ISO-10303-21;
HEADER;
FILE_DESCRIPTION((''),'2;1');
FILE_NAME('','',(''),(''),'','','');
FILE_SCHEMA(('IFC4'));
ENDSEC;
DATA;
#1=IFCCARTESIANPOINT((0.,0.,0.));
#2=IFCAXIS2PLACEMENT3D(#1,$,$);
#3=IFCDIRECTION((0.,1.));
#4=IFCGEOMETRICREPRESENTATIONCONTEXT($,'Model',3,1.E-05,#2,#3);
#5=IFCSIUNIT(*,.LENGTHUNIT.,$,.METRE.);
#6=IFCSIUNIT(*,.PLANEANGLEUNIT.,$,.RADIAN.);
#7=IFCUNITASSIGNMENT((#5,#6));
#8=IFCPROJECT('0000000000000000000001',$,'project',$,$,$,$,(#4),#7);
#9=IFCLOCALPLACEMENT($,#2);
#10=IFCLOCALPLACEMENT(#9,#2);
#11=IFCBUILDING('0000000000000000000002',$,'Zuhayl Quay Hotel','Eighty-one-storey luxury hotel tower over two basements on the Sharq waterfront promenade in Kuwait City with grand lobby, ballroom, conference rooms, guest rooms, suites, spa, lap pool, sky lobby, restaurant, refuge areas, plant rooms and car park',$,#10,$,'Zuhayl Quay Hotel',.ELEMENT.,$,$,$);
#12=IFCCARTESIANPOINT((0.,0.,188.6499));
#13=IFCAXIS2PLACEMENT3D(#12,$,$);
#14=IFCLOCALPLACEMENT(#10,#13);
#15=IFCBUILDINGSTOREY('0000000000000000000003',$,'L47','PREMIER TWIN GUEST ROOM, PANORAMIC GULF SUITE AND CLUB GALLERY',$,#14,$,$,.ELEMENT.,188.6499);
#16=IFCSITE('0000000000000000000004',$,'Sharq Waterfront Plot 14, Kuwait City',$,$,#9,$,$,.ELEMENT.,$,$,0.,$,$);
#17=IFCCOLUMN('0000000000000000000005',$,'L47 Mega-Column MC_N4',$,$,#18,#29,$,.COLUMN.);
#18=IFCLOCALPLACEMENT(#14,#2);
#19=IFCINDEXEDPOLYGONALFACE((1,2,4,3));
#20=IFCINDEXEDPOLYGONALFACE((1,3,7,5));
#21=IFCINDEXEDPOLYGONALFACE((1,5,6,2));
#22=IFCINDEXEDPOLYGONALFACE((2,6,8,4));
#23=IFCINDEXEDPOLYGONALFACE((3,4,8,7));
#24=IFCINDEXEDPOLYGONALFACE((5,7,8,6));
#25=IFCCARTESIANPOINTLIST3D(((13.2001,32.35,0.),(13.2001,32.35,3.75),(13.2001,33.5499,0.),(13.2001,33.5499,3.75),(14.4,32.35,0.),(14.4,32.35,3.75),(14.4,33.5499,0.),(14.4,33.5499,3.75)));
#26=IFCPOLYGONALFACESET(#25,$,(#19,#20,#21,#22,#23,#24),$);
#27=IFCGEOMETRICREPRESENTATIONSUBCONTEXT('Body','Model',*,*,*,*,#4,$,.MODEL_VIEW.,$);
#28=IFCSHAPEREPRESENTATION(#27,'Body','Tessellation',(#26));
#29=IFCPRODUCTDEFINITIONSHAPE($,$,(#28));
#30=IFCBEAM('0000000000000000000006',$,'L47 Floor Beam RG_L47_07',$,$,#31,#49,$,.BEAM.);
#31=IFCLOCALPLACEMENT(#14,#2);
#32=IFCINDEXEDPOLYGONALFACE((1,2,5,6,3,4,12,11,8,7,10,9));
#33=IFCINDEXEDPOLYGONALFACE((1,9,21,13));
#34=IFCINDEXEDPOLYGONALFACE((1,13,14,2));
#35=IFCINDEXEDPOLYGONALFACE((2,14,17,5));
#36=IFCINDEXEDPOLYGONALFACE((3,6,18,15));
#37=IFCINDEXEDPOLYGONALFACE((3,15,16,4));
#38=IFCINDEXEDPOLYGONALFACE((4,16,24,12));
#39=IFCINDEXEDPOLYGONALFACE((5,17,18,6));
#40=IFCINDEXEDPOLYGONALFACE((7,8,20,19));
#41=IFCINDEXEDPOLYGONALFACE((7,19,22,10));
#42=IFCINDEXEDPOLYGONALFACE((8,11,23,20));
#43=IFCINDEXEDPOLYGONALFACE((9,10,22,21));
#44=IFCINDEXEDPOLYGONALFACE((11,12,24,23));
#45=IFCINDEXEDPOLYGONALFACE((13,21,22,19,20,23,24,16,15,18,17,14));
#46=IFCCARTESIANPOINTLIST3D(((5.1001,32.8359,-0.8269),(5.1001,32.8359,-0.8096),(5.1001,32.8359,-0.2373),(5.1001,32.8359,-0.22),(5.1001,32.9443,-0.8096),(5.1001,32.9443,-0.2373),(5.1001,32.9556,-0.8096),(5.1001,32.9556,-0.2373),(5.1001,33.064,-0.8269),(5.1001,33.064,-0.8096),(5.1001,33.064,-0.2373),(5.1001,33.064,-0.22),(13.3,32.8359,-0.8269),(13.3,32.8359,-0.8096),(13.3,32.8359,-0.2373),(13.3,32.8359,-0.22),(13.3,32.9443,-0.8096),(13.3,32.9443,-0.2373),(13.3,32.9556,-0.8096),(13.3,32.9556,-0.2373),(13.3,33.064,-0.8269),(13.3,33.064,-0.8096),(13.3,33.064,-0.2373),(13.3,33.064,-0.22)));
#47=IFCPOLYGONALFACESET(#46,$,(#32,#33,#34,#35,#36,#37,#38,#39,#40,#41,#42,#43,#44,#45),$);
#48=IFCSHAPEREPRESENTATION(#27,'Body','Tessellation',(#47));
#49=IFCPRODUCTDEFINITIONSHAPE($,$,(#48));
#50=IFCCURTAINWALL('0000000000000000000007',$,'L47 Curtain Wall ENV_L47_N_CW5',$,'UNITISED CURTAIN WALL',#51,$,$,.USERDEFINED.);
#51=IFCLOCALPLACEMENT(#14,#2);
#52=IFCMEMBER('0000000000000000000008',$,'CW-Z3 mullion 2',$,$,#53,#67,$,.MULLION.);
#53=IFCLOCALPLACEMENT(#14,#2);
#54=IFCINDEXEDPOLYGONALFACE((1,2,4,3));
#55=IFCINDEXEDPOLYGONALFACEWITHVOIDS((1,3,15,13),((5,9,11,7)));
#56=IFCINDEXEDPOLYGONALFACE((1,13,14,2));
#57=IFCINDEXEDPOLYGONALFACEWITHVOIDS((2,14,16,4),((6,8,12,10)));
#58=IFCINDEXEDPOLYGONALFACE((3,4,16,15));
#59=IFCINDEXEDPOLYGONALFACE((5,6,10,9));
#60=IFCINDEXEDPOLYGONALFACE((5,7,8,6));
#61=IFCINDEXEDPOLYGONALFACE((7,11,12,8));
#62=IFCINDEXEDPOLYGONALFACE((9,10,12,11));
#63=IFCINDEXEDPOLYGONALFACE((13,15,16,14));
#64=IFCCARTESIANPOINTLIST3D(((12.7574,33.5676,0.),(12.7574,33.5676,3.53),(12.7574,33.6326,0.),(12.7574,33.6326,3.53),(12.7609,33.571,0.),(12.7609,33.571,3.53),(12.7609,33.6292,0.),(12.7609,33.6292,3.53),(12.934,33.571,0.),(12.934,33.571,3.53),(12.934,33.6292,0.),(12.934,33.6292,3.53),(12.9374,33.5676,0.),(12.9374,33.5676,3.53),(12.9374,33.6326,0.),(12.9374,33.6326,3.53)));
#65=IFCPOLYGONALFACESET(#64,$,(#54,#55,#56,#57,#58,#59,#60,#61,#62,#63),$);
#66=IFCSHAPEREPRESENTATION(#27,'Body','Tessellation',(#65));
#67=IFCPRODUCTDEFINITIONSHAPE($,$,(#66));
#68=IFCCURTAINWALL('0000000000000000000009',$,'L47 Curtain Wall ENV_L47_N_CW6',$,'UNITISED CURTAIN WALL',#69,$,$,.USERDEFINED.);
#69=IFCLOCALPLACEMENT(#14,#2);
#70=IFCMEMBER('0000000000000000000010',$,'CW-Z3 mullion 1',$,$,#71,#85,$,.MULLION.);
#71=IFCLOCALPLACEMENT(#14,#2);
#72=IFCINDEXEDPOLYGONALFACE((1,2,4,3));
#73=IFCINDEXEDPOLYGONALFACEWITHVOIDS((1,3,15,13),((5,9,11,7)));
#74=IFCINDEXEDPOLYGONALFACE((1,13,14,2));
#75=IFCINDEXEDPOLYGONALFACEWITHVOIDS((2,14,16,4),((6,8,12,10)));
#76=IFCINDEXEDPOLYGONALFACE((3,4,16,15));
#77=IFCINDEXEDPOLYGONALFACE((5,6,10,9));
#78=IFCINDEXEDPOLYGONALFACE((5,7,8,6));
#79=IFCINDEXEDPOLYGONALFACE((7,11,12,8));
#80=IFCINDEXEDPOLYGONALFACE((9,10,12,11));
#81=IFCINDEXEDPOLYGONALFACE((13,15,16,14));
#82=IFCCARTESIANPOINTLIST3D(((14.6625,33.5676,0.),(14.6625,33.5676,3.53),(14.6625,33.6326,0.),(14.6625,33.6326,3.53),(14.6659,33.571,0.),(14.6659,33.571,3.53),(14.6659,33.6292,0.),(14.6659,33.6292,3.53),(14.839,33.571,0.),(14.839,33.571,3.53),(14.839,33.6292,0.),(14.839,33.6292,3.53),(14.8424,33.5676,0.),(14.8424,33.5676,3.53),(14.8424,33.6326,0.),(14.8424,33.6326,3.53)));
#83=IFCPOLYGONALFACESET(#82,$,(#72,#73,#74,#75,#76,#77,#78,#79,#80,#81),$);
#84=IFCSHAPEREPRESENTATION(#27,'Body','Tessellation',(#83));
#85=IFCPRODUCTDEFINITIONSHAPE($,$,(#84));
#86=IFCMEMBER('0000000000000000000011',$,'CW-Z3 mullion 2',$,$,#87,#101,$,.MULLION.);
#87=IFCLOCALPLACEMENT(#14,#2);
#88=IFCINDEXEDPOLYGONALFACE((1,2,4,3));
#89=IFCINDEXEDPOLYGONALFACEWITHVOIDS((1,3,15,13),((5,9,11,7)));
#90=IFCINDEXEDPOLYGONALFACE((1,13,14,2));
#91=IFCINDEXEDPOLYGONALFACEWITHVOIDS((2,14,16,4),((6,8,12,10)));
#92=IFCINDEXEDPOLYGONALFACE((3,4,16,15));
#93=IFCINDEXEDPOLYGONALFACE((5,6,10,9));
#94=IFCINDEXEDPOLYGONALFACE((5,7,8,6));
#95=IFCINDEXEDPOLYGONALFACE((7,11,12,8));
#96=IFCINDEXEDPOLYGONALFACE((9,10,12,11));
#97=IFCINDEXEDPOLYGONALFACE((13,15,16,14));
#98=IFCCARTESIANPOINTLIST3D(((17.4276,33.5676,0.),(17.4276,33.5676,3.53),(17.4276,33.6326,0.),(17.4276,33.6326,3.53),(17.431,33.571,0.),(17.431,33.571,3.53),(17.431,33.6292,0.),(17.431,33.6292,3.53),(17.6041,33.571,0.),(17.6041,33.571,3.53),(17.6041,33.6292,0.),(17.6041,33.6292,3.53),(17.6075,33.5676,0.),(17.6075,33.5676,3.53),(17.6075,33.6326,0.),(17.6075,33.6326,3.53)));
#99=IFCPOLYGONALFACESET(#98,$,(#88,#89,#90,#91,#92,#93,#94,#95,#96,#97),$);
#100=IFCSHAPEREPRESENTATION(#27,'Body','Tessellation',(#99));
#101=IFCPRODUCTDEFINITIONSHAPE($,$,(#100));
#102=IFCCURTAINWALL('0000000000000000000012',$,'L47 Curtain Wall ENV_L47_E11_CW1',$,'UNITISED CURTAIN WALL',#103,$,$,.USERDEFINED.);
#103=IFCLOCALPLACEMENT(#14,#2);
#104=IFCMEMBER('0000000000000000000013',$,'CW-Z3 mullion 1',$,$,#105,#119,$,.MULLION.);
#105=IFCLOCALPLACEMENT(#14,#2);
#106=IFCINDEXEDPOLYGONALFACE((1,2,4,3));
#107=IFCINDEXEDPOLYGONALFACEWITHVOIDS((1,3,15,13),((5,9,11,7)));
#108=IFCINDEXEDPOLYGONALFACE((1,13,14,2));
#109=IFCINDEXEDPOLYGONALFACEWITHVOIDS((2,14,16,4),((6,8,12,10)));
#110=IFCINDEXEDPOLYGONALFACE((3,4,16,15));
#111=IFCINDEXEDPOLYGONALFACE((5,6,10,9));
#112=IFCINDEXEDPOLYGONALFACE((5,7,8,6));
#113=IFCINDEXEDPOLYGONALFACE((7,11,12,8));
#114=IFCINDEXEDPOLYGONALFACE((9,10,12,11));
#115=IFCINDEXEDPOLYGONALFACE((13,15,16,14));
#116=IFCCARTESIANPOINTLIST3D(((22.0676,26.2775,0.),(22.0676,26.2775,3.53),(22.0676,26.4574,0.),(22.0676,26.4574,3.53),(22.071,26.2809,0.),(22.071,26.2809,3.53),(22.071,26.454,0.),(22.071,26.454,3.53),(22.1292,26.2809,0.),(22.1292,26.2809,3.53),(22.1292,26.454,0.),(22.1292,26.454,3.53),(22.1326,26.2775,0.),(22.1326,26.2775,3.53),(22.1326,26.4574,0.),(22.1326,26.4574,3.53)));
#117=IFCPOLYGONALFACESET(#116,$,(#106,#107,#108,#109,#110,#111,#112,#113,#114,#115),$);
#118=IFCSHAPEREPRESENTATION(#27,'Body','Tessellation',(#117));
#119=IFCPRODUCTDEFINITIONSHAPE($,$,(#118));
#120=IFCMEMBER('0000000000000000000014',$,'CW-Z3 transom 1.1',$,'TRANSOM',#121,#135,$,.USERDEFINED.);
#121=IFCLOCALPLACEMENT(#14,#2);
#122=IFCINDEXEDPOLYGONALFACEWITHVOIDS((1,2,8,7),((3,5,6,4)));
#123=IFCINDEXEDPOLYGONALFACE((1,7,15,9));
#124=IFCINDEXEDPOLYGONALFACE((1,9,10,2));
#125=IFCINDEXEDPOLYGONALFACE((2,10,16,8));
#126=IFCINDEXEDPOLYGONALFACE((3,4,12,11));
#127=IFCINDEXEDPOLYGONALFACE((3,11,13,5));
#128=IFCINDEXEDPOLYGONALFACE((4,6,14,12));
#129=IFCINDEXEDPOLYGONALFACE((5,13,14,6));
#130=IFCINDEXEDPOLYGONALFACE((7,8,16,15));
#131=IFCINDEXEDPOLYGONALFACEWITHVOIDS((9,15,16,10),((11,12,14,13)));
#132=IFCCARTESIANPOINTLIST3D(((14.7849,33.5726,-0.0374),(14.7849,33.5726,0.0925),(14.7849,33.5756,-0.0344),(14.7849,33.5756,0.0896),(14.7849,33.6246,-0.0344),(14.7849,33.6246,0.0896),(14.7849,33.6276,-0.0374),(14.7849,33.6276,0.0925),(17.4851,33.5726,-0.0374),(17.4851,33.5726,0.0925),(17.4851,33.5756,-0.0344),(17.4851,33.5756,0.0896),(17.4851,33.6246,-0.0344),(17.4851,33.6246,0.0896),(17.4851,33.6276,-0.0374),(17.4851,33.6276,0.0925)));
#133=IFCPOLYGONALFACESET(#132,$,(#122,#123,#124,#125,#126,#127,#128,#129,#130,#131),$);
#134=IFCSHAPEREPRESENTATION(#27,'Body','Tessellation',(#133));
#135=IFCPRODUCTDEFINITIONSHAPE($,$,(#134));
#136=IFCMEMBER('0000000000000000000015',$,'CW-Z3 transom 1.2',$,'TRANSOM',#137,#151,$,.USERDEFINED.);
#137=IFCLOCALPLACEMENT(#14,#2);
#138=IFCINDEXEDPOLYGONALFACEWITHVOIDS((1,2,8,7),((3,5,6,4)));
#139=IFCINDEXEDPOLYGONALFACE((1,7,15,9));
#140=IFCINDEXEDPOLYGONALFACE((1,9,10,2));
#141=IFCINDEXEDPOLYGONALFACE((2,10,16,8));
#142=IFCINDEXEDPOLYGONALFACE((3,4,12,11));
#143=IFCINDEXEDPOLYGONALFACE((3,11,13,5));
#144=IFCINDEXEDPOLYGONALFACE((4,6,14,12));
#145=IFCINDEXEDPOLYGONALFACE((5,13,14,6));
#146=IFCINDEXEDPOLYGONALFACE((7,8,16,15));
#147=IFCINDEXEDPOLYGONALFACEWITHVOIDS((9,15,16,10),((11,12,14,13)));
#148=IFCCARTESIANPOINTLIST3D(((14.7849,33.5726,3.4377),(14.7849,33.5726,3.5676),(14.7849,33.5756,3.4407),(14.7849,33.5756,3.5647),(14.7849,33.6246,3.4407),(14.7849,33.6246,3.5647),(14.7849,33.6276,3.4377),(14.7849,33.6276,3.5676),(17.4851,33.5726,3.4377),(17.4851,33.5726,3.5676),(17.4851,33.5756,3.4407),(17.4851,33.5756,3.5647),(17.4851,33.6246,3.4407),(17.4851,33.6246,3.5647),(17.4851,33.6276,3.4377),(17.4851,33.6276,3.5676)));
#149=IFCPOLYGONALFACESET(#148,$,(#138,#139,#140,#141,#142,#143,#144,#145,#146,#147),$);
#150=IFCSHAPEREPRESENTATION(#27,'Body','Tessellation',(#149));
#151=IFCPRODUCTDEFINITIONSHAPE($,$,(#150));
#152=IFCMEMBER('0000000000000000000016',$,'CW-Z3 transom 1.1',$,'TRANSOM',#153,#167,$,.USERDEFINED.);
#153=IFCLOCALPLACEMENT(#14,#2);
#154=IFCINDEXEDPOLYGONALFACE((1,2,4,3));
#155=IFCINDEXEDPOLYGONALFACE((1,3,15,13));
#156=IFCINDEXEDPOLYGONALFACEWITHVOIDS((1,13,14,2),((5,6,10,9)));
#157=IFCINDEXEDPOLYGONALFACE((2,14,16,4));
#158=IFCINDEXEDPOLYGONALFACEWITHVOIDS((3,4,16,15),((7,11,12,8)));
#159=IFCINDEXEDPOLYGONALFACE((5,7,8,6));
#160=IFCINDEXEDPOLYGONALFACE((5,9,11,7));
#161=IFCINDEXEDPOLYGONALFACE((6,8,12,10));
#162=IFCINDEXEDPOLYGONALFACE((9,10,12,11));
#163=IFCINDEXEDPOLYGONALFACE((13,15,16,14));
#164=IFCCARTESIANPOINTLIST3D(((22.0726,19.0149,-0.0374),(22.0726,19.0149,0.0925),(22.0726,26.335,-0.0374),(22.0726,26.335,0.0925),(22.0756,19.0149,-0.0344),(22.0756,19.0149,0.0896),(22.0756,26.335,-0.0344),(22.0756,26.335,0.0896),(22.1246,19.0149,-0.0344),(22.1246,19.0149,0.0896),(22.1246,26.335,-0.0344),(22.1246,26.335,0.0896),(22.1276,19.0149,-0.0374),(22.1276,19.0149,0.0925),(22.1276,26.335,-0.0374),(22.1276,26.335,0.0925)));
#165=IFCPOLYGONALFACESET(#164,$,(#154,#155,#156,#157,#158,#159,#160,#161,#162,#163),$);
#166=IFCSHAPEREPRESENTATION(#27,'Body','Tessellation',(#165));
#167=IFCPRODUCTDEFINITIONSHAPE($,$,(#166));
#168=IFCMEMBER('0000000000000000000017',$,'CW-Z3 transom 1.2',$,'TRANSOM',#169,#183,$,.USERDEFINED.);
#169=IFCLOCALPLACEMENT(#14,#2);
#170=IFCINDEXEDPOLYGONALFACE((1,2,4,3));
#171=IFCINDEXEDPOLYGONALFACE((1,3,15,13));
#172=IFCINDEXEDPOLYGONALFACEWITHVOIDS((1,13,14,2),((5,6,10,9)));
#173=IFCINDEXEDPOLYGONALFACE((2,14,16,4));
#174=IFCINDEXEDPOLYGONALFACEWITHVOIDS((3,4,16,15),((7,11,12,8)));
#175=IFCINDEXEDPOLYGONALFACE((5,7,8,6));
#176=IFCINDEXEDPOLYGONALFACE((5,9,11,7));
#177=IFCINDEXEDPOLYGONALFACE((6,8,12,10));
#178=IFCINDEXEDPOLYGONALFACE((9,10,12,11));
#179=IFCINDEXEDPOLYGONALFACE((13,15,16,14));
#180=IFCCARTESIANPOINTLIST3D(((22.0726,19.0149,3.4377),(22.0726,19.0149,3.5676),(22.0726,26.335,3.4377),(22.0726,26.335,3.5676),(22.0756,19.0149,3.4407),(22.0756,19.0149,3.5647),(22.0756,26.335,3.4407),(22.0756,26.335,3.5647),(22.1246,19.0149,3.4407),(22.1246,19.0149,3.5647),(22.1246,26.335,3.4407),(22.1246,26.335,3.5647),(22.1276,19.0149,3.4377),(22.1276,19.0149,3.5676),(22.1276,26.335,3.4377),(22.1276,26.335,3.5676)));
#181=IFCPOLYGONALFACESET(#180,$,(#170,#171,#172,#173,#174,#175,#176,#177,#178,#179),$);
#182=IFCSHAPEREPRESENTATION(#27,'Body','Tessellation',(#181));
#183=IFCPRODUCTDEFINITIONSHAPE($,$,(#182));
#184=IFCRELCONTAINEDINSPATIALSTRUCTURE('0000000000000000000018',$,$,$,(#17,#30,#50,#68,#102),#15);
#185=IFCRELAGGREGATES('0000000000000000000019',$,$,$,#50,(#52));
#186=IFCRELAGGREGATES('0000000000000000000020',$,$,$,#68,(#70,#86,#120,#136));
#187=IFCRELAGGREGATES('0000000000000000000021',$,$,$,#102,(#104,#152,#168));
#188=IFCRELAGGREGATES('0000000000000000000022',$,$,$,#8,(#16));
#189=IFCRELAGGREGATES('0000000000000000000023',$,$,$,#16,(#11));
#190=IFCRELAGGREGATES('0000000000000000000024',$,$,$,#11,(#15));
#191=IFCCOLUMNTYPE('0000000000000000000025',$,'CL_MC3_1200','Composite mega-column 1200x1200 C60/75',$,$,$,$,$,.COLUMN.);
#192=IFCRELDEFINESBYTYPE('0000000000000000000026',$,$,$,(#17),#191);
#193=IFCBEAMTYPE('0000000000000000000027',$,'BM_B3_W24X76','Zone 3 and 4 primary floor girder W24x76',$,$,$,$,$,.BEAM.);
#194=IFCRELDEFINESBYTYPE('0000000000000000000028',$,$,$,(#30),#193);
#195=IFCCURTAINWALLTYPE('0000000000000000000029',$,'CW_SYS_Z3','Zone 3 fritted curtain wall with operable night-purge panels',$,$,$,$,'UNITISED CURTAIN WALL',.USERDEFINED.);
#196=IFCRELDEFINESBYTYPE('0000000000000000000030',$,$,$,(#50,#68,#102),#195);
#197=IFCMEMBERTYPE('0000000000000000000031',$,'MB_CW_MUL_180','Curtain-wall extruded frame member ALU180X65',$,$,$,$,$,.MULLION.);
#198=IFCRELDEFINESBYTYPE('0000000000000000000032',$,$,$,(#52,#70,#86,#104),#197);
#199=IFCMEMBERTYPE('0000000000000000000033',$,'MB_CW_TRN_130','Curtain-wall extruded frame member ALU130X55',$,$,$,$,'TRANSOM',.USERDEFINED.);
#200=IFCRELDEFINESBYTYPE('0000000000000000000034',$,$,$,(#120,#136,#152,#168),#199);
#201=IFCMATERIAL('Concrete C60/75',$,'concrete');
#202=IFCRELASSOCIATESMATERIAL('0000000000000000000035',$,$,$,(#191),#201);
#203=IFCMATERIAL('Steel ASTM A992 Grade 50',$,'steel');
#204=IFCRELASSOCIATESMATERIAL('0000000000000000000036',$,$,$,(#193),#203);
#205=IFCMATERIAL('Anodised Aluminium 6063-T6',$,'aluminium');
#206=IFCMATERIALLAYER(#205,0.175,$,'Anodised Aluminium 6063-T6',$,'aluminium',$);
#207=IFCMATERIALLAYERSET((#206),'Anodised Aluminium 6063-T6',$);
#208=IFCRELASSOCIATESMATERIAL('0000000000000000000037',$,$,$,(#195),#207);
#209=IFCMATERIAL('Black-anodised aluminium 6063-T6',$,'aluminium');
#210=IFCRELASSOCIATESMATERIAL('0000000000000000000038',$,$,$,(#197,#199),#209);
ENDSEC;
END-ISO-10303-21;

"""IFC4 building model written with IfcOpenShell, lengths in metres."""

from ifc_helpers import new_model, si_unit, direction, frame, origin, origin_2d, place, context, subcontext, project, spatial, rectangle, hollow_rectangle, i_section, extrude, material, layer, layer_set, material_profile, profile_set, type_object, element, aggregate, save


model = new_model("IFC4")

# Units and contexts
model_context = context("Model", 3, precision=1e-05, world=origin(), true_north=direction((0.0, 1.0)))
body_context = subcontext(model_context, "Body", "Model", "MODEL_VIEW")
ifc_project = project(units=[si_unit("LENGTHUNIT", "METRE"), si_unit("PLANEANGLEUNIT", "RADIAN")], contexts=[model_context])

# Site, building, storey
site_placement = place(None, origin())
site = spatial("IfcSite", under=ifc_project, at=site_placement, Name="Sharq Waterfront Plot 14, Kuwait City", CompositionType="ELEMENT", RefElevation=0.0)
building_placement = place(site_placement, origin())
building = spatial("IfcBuilding", under=site, at=building_placement, Name="Zuhayl Quay Hotel", Description="Eighty-one-storey luxury hotel tower over two basements on the Sharq waterfront promenade in Kuwait City with grand lobby, ballroom, conference rooms, guest rooms, suites, spa, lap pool, sky lobby, restaurant, refuge areas, plant rooms and car park", LongName="Zuhayl Quay Hotel", CompositionType="ELEMENT")
storey_placement = place(building_placement, frame((0.0, 0.0, 188.6499)))
storey = spatial("IfcBuildingStorey", under=building, at=storey_placement, Name="L47", Description="PREMIER TWIN GUEST ROOM, PANORAMIC GULF SUITE AND CLUB GALLERY", CompositionType="ELEMENT", Elevation=188.6499)

# Column
ifc_material_1 = material(Name="Concrete C60/75", Category="concrete")
ifc_material_profile_1 = material_profile(ifc_material_1, rectangle(XDim=1.2, YDim=1.2, at=origin_2d()), Name="RC1200X1200")
ifc_profile_set_1 = profile_set([ifc_material_profile_1], Name="Concrete C60/75")
column_type = type_object("IfcColumnType", Name="CL_MC3_1200", Description="Composite mega-column 1200x1200 C60/75", PredefinedType="COLUMN", material=ifc_profile_set_1)
column_placement = place(storey_placement, frame((13.8, 32.95, 0.0), z_axis=(0.0, 0.0, 1.0), x_axis=(1.0, 0.0, 0.0)))
element("IfcColumn", 1, at=column_placement, inside=storey, type_object=column_type, Name="L47 Mega-Column MC_N4", PredefinedType="COLUMN", context=body_context, shape_type="SweptSolid", body=[
    extrude(rectangle(XDim=1.2, YDim=1.2, at=origin_2d()), origin(), (0.0, 0.0, 1.0), 3.75),
])

# Beam
ifc_material_2 = material(Name="Steel ASTM A992 Grade 50", Category="steel")
ifc_material_profile_2 = material_profile(ifc_material_2, i_section(OverallWidth=0.228, OverallDepth=0.6069, WebThickness=0.0112, FlangeThickness=0.0173, at=origin_2d()), Name="W24X76")
ifc_profile_set_2 = profile_set([ifc_material_profile_2], Name="Steel ASTM A992 Grade 50")
beam_type = type_object("IfcBeamType", Name="BM_B3_W24X76", Description="Zone 3 and 4 primary floor girder W24x76", PredefinedType="BEAM", material=ifc_profile_set_2)
beam_placement = place(storey_placement, frame((13.3, 32.95, -0.5234), z_axis=(-1.0, 0.0, 0.0), x_axis=(0.0, -1.0, 0.0)))
element("IfcBeam", 2, at=beam_placement, inside=storey, type_object=beam_type, Name="L47 Floor Beam RG_L47_07", PredefinedType="BEAM", context=body_context, shape_type="SweptSolid", body=[
    extrude(i_section(OverallWidth=0.228, OverallDepth=0.6069, WebThickness=0.0112, FlangeThickness=0.0173, at=origin_2d()), origin(), (0.0, 0.0, 1.0), 8.2),
])

# Curtain wall, member
ifc_material_3 = material(Name="Anodised Aluminium 6063-T6", Category="aluminium")
ifc_layer_1 = layer(ifc_material_3, 0.175, Name="Anodised Aluminium 6063-T6", Category="aluminium")
ifc_layer_set_1 = layer_set([ifc_layer_1], Name="Anodised Aluminium 6063-T6")
curtain_wall_type = type_object("IfcCurtainWallType", Name="CW_SYS_Z3", Description="Zone 3 fritted curtain wall with operable night-purge panels", ElementType="UNITISED CURTAIN WALL", PredefinedType="USERDEFINED", material=ifc_layer_set_1)
curtain_wall_1_placement = place(storey_placement, origin())
curtain_wall_1 = element("IfcCurtainWall", 3, at=curtain_wall_1_placement, inside=storey, type_object=curtain_wall_type, Name="L47 Curtain Wall ENV_L47_N_CW5", ObjectType="UNITISED CURTAIN WALL", PredefinedType="USERDEFINED")
ifc_material_4 = material(Name="Black-anodised aluminium 6063-T6", Category="aluminium")
ifc_material_profile_3 = material_profile(ifc_material_4, hollow_rectangle(XDim=0.0649, YDim=0.1799, WallThickness=0.0034, at=origin_2d()), Name="ALU180X65")
ifc_profile_set_3 = profile_set([ifc_material_profile_3], Name="Black-anodised aluminium 6063-T6")
member_type_1 = type_object("IfcMemberType", Name="MB_CW_MUL_180", Description="Curtain-wall extruded frame member ALU180X65", PredefinedType="MULLION", material=ifc_profile_set_3)
member_1_placement = place(storey_placement, frame((12.8474, 33.6001, 0.0), z_axis=(0.0, 0.0, 1.0), x_axis=(0.0, 1.0, 0.0)))
member_1 = element("IfcMember", 4, at=member_1_placement, type_object=member_type_1, Name="CW-Z3 mullion 2", PredefinedType="MULLION", context=body_context, shape_type="SweptSolid", body=[
    extrude(hollow_rectangle(XDim=0.0649, YDim=0.1799, WallThickness=0.0034, at=origin_2d()), origin(), (0.0, 0.0, 1.0), 3.53),
])

# Curtain wall, members
curtain_wall_2_placement = place(storey_placement, origin())
curtain_wall_2 = element("IfcCurtainWall", 5, at=curtain_wall_2_placement, inside=storey, type_object=curtain_wall_type, Name="L47 Curtain Wall ENV_L47_N_CW6", ObjectType="UNITISED CURTAIN WALL", PredefinedType="USERDEFINED")
member_2_placement = place(storey_placement, frame((14.7524, 33.6001, 0.0), z_axis=(0.0, 0.0, 1.0), x_axis=(0.0, 1.0, 0.0)))
member_2 = element("IfcMember", 6, at=member_2_placement, type_object=member_type_1, Name="CW-Z3 mullion 1", PredefinedType="MULLION", context=body_context, shape_type="SweptSolid", body=[
    extrude(hollow_rectangle(XDim=0.0649, YDim=0.1799, WallThickness=0.0034, at=origin_2d()), origin(), (0.0, 0.0, 1.0), 3.53),
])
member_3_placement = place(storey_placement, frame((17.5176, 33.6001, 0.0), z_axis=(0.0, 0.0, 1.0), x_axis=(0.0, 1.0, 0.0)))
member_3 = element("IfcMember", 7, at=member_3_placement, type_object=member_type_1, Name="CW-Z3 mullion 2", PredefinedType="MULLION", context=body_context, shape_type="SweptSolid", body=[
    extrude(hollow_rectangle(XDim=0.0649, YDim=0.1799, WallThickness=0.0034, at=origin_2d()), origin(), (0.0, 0.0, 1.0), 3.53),
])

# Curtain wall, member
curtain_wall_3_placement = place(storey_placement, origin())
curtain_wall_3 = element("IfcCurtainWall", 8, at=curtain_wall_3_placement, inside=storey, type_object=curtain_wall_type, Name="L47 Curtain Wall ENV_L47_E11_CW1", ObjectType="UNITISED CURTAIN WALL", PredefinedType="USERDEFINED")
member_4_placement = place(storey_placement, frame((22.1001, 26.3674, 0.0), z_axis=(0.0, 0.0, 1.0), x_axis=(1.0, 0.0, 0.0)))
member_4 = element("IfcMember", 9, at=member_4_placement, type_object=member_type_1, Name="CW-Z3 mullion 1", PredefinedType="MULLION", context=body_context, shape_type="SweptSolid", body=[
    extrude(hollow_rectangle(XDim=0.0649, YDim=0.1799, WallThickness=0.0034, at=origin_2d()), origin(), (0.0, 0.0, 1.0), 3.53),
])

# Members
ifc_material_profile_4 = material_profile(ifc_material_4, hollow_rectangle(XDim=0.0549, YDim=0.1299, WallThickness=0.0029, at=origin_2d()), Name="ALU130X55")
ifc_profile_set_4 = profile_set([ifc_material_profile_4], Name="Black-anodised aluminium 6063-T6")
member_type_2 = type_object("IfcMemberType", Name="MB_CW_TRN_130", Description="Curtain-wall extruded frame member ALU130X55", ElementType="TRANSOM", PredefinedType="USERDEFINED", material=ifc_profile_set_4)
member_5_placement = place(storey_placement, frame((14.7849, 33.6001, 0.0276), z_axis=(1.0, 0.0, 0.0), x_axis=(0.0, 1.0, 0.0)))
member_5 = element("IfcMember", 10, at=member_5_placement, type_object=member_type_2, Name="CW-Z3 transom 1.1", ObjectType="TRANSOM", PredefinedType="USERDEFINED", context=body_context, shape_type="SweptSolid", body=[
    extrude(hollow_rectangle(XDim=0.0549, YDim=0.1299, WallThickness=0.0029, at=origin_2d()), origin(), (0.0, 0.0, 1.0), 2.7002),
])
member_6_placement = place(storey_placement, frame((14.7849, 33.6001, 3.5027), z_axis=(1.0, 0.0, 0.0), x_axis=(0.0, 1.0, 0.0)))
member_6 = element("IfcMember", 11, at=member_6_placement, type_object=member_type_2, Name="CW-Z3 transom 1.2", ObjectType="TRANSOM", PredefinedType="USERDEFINED", context=body_context, shape_type="SweptSolid", body=[
    extrude(hollow_rectangle(XDim=0.0549, YDim=0.1299, WallThickness=0.0029, at=origin_2d()), origin(), (0.0, 0.0, 1.0), 2.7002),
])
member_7_placement = place(storey_placement, frame((22.1001, 26.335, 0.0276), z_axis=(0.0, -1.0, 0.0), x_axis=(1.0, 0.0, 0.0)))
member_7 = element("IfcMember", 12, at=member_7_placement, type_object=member_type_2, Name="CW-Z3 transom 1.1", ObjectType="TRANSOM", PredefinedType="USERDEFINED", context=body_context, shape_type="SweptSolid", body=[
    extrude(hollow_rectangle(XDim=0.0549, YDim=0.1299, WallThickness=0.0029, at=origin_2d()), origin(), (0.0, 0.0, 1.0), 7.3201),
])
member_8_placement = place(storey_placement, frame((22.1001, 26.335, 3.5027), z_axis=(0.0, -1.0, 0.0), x_axis=(1.0, 0.0, 0.0)))
member_8 = element("IfcMember", 13, at=member_8_placement, type_object=member_type_2, Name="CW-Z3 transom 1.2", ObjectType="TRANSOM", PredefinedType="USERDEFINED", context=body_context, shape_type="SweptSolid", body=[
    extrude(hollow_rectangle(XDim=0.0549, YDim=0.1299, WallThickness=0.0029, at=origin_2d()), origin(), (0.0, 0.0, 1.0), 7.3201),
])

aggregate(curtain_wall_1, [member_1])
aggregate(curtain_wall_2, [member_2, member_3, member_5, member_6])
aggregate(curtain_wall_3, [member_4, member_7, member_8])

save(model, "model.ifc")
